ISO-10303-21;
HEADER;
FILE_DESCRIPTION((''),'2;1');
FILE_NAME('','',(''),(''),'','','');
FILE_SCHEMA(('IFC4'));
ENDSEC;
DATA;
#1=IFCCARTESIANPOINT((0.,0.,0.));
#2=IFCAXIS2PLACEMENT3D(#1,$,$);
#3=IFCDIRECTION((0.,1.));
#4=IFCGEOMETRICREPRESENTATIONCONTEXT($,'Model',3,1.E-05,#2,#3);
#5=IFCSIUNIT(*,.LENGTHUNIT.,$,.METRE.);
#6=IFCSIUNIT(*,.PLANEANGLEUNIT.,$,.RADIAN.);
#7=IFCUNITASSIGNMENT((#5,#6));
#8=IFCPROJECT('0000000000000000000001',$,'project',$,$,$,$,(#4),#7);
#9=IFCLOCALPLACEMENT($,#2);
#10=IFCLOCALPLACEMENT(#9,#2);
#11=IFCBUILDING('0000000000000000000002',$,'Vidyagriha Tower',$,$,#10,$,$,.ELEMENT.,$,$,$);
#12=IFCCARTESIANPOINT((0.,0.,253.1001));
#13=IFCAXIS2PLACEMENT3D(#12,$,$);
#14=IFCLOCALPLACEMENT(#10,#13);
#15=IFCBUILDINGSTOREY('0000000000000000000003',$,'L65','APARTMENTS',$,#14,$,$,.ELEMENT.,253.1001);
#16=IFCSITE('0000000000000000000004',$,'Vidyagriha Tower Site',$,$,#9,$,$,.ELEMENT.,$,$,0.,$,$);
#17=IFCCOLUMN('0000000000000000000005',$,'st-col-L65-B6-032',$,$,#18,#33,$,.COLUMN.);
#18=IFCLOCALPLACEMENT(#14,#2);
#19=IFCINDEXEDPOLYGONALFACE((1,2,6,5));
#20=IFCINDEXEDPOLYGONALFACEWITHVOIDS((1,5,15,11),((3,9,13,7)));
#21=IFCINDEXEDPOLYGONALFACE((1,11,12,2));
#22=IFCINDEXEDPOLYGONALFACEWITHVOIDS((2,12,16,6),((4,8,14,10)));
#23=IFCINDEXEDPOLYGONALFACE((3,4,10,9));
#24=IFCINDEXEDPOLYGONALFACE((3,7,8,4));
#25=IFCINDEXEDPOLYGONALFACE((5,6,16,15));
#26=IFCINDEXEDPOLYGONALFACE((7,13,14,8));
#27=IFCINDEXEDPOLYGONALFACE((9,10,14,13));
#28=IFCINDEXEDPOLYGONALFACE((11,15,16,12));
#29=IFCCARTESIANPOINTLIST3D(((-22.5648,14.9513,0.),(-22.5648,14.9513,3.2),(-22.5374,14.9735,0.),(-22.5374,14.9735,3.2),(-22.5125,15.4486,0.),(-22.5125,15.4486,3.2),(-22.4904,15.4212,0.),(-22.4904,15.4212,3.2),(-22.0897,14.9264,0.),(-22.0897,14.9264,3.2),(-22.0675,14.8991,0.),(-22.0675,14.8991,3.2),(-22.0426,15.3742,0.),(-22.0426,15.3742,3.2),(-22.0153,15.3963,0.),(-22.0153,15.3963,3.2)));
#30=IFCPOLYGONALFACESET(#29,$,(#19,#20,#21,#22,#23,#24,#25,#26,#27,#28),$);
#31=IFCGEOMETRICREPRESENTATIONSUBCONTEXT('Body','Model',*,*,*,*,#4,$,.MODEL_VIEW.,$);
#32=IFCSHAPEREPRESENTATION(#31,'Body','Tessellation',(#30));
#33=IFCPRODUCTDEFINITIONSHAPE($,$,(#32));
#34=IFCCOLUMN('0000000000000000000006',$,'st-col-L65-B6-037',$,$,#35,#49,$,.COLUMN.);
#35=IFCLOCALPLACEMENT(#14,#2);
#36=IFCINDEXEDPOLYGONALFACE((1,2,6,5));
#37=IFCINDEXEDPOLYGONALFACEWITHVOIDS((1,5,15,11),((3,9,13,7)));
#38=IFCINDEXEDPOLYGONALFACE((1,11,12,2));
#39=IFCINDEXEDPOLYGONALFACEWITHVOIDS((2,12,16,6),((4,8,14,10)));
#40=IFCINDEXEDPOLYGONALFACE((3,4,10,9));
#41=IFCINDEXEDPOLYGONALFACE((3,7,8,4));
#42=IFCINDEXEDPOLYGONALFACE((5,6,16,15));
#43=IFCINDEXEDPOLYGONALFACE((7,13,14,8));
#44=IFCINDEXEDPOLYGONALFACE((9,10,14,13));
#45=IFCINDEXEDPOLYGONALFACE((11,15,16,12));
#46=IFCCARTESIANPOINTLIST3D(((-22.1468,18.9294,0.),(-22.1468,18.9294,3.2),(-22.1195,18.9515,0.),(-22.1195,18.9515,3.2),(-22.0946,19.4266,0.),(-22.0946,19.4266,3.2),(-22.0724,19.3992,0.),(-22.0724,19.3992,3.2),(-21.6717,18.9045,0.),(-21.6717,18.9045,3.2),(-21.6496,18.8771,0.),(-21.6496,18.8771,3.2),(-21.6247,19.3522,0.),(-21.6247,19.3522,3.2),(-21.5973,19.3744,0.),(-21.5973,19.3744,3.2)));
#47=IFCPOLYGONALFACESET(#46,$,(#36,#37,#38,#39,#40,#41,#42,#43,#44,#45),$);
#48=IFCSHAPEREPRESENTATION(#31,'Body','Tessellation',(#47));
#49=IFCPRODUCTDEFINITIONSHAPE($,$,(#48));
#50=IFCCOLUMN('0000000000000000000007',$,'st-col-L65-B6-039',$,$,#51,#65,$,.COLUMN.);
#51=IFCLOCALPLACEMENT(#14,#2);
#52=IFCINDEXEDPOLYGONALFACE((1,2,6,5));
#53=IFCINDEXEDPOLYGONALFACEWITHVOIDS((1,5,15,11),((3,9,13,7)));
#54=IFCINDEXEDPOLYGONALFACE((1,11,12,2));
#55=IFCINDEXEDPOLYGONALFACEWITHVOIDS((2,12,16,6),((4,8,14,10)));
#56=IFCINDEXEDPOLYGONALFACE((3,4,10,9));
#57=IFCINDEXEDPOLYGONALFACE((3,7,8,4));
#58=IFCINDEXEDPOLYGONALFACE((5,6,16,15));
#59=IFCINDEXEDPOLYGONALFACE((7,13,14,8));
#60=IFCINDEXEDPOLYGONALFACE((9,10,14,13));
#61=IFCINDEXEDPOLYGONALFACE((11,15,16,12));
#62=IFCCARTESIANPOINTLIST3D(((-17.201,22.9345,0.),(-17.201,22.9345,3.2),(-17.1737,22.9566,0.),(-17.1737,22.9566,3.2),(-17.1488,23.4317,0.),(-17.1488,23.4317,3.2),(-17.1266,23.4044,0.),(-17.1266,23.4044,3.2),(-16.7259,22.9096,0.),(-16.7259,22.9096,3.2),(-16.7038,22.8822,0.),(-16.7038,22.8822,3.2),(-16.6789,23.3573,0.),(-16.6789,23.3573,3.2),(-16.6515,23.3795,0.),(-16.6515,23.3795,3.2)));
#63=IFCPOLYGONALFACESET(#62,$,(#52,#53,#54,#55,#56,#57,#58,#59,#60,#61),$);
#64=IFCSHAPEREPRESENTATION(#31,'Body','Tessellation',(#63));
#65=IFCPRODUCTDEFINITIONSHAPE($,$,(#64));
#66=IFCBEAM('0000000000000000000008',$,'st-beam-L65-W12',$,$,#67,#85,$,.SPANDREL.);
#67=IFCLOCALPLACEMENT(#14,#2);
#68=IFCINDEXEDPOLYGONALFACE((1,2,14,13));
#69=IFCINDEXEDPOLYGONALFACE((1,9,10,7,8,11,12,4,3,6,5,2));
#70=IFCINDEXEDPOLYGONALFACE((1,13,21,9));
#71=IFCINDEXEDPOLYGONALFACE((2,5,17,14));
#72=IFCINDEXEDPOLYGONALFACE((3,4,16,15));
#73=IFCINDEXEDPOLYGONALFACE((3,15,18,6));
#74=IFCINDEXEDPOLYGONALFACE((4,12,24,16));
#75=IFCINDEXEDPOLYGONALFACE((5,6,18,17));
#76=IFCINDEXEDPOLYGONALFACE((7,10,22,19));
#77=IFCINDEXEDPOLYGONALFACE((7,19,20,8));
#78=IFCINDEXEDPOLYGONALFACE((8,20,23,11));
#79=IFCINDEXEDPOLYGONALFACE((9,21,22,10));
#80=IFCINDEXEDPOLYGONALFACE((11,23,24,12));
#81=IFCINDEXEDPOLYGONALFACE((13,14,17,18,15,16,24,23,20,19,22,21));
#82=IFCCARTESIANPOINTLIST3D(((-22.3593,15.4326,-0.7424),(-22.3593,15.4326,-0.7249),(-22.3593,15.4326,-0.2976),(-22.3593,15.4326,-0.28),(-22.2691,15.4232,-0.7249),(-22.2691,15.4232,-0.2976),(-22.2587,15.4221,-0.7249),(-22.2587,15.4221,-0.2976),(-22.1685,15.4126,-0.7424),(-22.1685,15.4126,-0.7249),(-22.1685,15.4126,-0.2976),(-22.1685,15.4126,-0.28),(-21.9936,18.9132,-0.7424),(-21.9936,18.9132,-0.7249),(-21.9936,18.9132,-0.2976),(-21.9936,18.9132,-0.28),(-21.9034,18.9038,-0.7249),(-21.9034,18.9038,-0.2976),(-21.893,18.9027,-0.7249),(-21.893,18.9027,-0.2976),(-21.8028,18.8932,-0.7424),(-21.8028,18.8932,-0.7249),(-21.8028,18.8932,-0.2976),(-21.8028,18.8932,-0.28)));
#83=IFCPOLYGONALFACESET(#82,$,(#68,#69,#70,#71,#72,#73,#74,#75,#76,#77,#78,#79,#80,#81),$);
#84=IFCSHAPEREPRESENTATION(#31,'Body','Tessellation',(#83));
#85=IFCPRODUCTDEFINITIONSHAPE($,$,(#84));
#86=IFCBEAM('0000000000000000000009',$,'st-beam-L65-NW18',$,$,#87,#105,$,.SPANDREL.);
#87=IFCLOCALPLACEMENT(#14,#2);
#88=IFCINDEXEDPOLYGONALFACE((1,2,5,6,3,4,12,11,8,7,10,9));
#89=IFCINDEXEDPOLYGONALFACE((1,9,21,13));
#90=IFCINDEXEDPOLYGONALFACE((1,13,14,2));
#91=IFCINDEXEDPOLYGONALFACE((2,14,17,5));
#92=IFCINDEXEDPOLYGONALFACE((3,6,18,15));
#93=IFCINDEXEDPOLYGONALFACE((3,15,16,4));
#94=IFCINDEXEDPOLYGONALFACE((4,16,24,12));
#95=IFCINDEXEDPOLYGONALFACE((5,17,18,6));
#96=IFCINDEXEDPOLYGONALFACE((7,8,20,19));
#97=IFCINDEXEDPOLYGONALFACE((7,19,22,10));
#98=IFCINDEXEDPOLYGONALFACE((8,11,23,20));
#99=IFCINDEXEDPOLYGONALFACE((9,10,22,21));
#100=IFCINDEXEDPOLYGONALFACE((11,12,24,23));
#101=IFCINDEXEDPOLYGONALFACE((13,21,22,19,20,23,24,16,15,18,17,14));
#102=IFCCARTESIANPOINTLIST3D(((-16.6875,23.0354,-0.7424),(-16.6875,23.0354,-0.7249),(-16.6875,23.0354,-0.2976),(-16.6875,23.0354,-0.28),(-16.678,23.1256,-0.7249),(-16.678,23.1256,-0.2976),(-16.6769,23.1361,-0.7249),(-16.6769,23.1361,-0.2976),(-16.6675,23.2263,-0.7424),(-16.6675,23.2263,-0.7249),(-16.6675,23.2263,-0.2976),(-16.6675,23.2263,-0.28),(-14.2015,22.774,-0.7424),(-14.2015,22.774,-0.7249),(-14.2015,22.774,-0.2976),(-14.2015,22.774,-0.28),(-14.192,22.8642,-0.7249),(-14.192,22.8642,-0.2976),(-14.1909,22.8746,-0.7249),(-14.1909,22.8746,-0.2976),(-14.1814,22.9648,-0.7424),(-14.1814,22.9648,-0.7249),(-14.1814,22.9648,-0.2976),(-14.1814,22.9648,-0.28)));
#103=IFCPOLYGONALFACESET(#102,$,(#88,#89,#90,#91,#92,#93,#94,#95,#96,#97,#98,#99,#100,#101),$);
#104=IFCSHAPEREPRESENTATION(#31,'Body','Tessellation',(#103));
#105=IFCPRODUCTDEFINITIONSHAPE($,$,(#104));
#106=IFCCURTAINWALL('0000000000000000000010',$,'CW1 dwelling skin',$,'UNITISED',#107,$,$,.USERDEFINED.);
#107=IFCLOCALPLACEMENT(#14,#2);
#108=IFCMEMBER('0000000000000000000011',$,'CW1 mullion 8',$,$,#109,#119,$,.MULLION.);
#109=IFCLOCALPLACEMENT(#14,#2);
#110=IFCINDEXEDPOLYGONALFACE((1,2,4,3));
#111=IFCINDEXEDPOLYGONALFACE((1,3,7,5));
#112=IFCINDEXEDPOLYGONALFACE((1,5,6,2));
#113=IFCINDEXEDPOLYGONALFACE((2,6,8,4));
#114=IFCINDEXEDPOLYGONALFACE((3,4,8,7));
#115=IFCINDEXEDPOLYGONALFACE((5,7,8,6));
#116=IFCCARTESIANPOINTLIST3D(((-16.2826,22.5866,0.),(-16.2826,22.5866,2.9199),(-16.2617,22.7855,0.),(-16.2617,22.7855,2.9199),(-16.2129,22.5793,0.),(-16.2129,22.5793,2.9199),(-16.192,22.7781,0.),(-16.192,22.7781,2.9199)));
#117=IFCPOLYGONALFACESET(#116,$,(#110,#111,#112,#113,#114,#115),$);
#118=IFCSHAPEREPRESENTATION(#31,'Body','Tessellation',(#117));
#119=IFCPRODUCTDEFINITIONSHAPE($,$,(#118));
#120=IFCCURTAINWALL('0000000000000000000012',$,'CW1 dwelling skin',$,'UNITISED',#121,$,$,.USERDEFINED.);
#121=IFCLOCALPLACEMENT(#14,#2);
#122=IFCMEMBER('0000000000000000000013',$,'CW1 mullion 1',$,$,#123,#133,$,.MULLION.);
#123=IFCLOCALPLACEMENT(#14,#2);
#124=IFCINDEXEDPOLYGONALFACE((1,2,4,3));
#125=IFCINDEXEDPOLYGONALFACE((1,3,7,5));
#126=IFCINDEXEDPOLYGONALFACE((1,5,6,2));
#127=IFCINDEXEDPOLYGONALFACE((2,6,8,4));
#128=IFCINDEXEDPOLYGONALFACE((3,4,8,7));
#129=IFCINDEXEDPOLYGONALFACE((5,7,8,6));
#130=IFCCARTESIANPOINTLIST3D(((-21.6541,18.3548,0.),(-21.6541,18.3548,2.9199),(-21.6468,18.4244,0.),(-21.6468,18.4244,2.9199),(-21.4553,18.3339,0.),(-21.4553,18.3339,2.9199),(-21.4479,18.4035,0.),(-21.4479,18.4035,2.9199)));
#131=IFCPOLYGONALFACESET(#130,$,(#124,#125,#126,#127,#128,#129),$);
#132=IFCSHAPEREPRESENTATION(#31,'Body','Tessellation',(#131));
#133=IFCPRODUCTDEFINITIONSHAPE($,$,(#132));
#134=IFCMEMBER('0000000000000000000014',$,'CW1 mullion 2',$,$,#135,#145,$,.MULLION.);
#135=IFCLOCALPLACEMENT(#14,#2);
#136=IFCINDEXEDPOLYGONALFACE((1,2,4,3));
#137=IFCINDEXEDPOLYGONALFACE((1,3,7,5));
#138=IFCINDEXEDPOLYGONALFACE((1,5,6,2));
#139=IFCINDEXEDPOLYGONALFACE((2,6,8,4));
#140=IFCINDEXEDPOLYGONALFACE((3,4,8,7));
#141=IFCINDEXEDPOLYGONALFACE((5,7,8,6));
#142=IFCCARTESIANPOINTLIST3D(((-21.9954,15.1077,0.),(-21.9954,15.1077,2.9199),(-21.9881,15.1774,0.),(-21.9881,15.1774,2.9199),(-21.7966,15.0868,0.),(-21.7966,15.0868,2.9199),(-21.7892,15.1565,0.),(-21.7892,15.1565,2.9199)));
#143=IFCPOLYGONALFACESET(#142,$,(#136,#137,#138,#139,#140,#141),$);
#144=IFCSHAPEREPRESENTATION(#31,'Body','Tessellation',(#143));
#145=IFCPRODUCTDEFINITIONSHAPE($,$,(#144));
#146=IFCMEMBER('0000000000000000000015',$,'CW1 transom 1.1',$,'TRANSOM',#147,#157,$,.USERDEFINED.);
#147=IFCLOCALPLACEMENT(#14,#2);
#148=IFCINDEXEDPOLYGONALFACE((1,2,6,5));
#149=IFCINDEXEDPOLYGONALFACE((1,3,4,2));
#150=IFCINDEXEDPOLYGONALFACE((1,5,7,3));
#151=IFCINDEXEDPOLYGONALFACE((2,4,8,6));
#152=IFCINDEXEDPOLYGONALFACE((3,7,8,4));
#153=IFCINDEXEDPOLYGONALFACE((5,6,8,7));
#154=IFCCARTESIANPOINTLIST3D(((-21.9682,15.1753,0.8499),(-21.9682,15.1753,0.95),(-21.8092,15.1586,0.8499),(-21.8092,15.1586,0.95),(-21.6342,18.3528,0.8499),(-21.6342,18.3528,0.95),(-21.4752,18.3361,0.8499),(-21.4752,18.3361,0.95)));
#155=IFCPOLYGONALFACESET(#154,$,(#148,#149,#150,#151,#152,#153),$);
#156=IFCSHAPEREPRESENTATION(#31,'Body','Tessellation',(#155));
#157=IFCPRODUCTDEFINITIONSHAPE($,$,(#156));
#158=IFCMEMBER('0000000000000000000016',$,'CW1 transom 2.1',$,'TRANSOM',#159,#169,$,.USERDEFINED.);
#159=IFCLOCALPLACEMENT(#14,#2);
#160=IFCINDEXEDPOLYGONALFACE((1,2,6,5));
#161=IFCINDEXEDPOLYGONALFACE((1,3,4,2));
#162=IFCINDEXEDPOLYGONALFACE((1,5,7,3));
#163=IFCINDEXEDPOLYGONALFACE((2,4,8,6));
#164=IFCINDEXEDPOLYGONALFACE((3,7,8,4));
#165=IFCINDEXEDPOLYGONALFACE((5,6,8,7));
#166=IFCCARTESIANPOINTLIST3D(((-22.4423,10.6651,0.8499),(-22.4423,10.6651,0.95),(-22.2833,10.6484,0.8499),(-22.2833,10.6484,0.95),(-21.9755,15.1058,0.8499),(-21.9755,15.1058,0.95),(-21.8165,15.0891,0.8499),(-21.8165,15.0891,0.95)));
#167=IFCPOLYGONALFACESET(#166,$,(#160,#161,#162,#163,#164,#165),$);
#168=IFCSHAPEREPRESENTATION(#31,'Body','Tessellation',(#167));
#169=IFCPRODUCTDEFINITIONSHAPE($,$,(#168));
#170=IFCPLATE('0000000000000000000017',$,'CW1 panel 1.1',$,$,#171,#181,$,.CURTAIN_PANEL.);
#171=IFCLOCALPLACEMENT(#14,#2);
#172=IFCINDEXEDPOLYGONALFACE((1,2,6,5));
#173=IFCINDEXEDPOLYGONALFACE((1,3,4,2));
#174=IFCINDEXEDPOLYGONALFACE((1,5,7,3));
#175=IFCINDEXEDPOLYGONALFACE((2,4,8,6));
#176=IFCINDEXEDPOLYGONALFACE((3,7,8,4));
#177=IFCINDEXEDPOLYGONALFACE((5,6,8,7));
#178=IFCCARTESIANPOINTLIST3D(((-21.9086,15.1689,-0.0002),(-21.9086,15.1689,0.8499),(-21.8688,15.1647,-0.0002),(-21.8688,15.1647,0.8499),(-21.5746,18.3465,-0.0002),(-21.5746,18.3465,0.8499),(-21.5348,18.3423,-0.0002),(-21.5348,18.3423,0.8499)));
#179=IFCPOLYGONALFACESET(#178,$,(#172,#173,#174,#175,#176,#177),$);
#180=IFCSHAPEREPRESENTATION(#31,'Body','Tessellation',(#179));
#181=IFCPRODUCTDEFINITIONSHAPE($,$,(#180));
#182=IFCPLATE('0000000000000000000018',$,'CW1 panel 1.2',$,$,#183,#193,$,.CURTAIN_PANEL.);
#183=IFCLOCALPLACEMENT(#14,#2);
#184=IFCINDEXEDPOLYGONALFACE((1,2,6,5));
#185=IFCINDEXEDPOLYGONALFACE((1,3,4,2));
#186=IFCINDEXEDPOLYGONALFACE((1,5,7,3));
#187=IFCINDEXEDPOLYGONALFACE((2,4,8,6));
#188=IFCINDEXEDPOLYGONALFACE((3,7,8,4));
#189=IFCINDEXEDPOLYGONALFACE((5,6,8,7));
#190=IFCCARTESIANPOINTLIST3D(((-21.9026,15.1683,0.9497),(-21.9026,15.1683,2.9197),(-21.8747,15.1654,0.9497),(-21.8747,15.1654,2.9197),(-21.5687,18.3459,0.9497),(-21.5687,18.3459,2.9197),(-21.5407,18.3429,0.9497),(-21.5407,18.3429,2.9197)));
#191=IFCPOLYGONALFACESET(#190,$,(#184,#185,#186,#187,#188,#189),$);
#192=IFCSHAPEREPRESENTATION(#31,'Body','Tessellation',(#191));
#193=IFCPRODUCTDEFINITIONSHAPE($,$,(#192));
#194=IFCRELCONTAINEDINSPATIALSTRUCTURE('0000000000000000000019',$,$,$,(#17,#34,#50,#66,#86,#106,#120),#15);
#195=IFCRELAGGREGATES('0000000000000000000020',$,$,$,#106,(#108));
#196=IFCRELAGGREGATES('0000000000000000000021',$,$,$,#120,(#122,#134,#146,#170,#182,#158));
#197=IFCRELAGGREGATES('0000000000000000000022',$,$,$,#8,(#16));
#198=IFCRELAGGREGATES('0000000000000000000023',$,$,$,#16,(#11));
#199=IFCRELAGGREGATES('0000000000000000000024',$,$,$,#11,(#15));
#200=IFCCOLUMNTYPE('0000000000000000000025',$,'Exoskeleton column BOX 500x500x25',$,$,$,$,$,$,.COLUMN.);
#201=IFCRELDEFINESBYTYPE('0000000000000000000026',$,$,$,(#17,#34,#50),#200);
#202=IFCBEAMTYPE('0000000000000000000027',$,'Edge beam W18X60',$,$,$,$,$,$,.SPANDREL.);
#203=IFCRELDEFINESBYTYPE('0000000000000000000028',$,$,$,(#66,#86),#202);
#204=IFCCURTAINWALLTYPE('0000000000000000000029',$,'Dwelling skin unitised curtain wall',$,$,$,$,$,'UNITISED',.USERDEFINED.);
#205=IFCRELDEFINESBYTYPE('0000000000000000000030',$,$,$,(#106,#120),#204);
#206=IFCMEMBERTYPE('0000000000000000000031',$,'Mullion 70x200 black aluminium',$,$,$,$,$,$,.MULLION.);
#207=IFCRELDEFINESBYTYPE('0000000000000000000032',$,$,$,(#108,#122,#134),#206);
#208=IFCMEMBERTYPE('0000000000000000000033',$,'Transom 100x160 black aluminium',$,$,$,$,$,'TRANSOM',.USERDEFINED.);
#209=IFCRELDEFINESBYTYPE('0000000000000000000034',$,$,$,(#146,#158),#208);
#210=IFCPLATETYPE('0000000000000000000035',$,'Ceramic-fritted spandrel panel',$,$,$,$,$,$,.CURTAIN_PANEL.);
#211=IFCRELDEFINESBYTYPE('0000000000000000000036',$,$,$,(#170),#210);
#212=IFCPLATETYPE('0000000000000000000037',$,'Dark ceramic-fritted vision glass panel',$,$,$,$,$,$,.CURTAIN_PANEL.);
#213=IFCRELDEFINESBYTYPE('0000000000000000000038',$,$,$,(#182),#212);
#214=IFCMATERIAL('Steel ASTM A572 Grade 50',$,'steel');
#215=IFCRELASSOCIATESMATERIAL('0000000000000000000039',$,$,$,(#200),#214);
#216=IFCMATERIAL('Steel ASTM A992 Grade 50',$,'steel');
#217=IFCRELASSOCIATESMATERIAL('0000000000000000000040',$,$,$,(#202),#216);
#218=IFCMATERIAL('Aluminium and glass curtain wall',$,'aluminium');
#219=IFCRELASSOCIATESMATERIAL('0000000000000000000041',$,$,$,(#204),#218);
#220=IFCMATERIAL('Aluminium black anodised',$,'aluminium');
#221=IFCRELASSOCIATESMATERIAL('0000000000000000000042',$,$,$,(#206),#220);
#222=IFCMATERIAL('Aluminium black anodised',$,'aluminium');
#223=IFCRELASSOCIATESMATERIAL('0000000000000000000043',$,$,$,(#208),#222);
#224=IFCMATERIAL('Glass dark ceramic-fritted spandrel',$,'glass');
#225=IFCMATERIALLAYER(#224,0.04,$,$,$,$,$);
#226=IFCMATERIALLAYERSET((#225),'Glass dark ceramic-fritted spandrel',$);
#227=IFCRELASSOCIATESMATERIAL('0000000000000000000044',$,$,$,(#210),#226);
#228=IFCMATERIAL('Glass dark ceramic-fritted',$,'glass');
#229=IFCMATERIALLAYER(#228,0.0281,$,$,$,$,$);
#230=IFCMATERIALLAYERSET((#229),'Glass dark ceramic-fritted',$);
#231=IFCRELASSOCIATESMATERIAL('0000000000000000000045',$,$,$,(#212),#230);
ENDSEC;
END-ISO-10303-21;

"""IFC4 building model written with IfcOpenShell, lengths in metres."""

from ifc_helpers import new_model, si_unit, direction, frame, origin, origin_2d, place, context, subcontext, project, spatial, rectangle, hollow_rectangle, i_section, extrude, material, layer, layer_set, material_profile, profile_set, type_object, element, aggregate, save


model = new_model("IFC4")

# Units and contexts
model_context = context("Model", 3, precision=1e-05, world=origin(), true_north=direction((0.0, 1.0)))
body_context = subcontext(model_context, "Body", "Model", "MODEL_VIEW")
ifc_project = project(units=[si_unit("LENGTHUNIT", "METRE"), si_unit("PLANEANGLEUNIT", "RADIAN")], contexts=[model_context])

# Site, building, storey
site_placement = place(None, origin())
site = spatial("IfcSite", under=ifc_project, at=site_placement, Name="Vidyagriha Tower Site", CompositionType="ELEMENT", RefElevation=0.0)
building_placement = place(site_placement, origin())
building = spatial("IfcBuilding", under=site, at=building_placement, Name="Vidyagriha Tower", CompositionType="ELEMENT")
storey_placement = place(building_placement, frame((0.0, 0.0, 253.1001)))
storey = spatial("IfcBuildingStorey", under=building, at=storey_placement, Name="L65", Description="APARTMENTS", CompositionType="ELEMENT", Elevation=253.1001)

# Columns
ifc_material_1 = material(Name="Steel ASTM A572 Grade 50", Category="steel")
ifc_material_profile_1 = material_profile(ifc_material_1, hollow_rectangle(XDim=0.5, YDim=0.5, WallThickness=0.0249, at=origin_2d()), Name="BOX 500x500x25")
ifc_profile_set_1 = profile_set([ifc_material_profile_1], Name="Steel ASTM A572 Grade 50")
column_type = type_object("IfcColumnType", Name="Exoskeleton column BOX 500x500x25", PredefinedType="COLUMN", material=ifc_profile_set_1)
for number, where, z_axis, x_axis, name in (
    (1, (-22.29, 15.1738, 0.0), (0.0, 0.0, 1.0), (0.994522, -0.104528, 0.0), "st-col-L65-B6-032"),
    (2, (-21.8721, 19.1519, 0.0), (0.0, 0.0, 1.0), (0.994522, -0.104528, 0.0), "st-col-L65-B6-037"),
    (3, (-16.9263, 23.157, 0.0), (0.0, 0.0, 1.0), (0.994522, -0.104528, 0.0), "st-col-L65-B6-039"),
):
    element("IfcColumn", number, at=place(storey_placement, frame(where, z_axis=z_axis, x_axis=x_axis)), inside=storey, type_object=column_type, Name=name, PredefinedType="COLUMN", context=body_context, shape_type="SweptSolid", body=[
        extrude(hollow_rectangle(XDim=0.5, YDim=0.5, WallThickness=0.0249, at=origin_2d()), origin(), (0.0, 0.0, 1.0), 3.2),
    ])

# Beams
ifc_material_2 = material(Name="Steel ASTM A992 Grade 50", Category="steel")
ifc_material_profile_2 = material_profile(ifc_material_2, i_section(OverallWidth=0.1919, OverallDepth=0.4624, WebThickness=0.0105, FlangeThickness=0.0176, at=origin_2d()), Name="W18X60")
ifc_profile_set_2 = profile_set([ifc_material_profile_2], Name="Steel ASTM A992 Grade 50")
beam_type = type_object("IfcBeamType", Name="Edge beam W18X60", PredefinedType="SPANDREL", material=ifc_profile_set_2)
beam_1_placement = place(storey_placement, frame((-22.2639, 15.4226, -0.5112), z_axis=(0.104496, 0.994525, 0.0), x_axis=(-0.994525, 0.104496, 0.0)))
element("IfcBeam", 4, at=beam_1_placement, inside=storey, type_object=beam_type, Name="st-beam-L65-W12", PredefinedType="SPANDREL", context=body_context, shape_type="SweptSolid", body=[
    extrude(i_section(OverallWidth=0.1919, OverallDepth=0.4624, WebThickness=0.0105, FlangeThickness=0.0176, at=origin_2d()), origin(), (0.0, 0.0, 1.0), 3.4998),
])
beam_2_placement = place(storey_placement, frame((-16.6775, 23.1309, -0.5112), z_axis=(0.994515, -0.104598, 0.0), x_axis=(0.104598, 0.994515, 0.0)))
element("IfcBeam", 5, at=beam_2_placement, inside=storey, type_object=beam_type, Name="st-beam-L65-NW18", PredefinedType="SPANDREL", context=body_context, shape_type="SweptSolid", body=[
    extrude(i_section(OverallWidth=0.1919, OverallDepth=0.4624, WebThickness=0.0105, FlangeThickness=0.0176, at=origin_2d()), origin(), (0.0, 0.0, 1.0), 2.4998),
])

# Curtain wall, member
ifc_material_3 = material(Name="Aluminium and glass curtain wall", Category="aluminium")
curtain_wall_type = type_object("IfcCurtainWallType", Name="Dwelling skin unitised curtain wall", ElementType="UNITISED", PredefinedType="USERDEFINED", material=ifc_material_3)
curtain_wall_1_placement = place(storey_placement, origin())
curtain_wall_1 = element("IfcCurtainWall", 6, at=curtain_wall_1_placement, inside=storey, type_object=curtain_wall_type, Name="CW1 dwelling skin", ObjectType="UNITISED", PredefinedType="USERDEFINED")
ifc_material_4 = material(Name="Aluminium black anodised", Category="aluminium")
ifc_material_profile_3 = material_profile(ifc_material_4, rectangle(XDim=0.2, YDim=0.0701, at=origin_2d()), Name="Mullion 70x200 black aluminium")
ifc_profile_set_3 = profile_set([ifc_material_profile_3], Name="Aluminium black anodised")
member_type_1 = type_object("IfcMemberType", Name="Mullion 70x200 black aluminium", PredefinedType="MULLION", material=ifc_profile_set_3)
member_1_placement = place(storey_placement, frame((-16.2373, 22.6824, 0.0), z_axis=(0.0, 0.0, 1.0), x_axis=(-0.104529, -0.994522, 0.0)))
member_1 = element("IfcMember", 7, at=member_1_placement, type_object=member_type_1, Name="CW1 mullion 8", PredefinedType="MULLION", context=body_context, shape_type="SweptSolid", body=[
    extrude(rectangle(XDim=0.2, YDim=0.0701, at=origin_2d()), origin(), (0.0, 0.0, 1.0), 2.9199),
])
aggregate(curtain_wall_1, [member_1])

# Curtain wall, members, plates
curtain_wall_2_placement = place(storey_placement, origin())
curtain_wall_2 = element("IfcCurtainWall", 8, at=curtain_wall_2_placement, inside=storey, type_object=curtain_wall_type, Name="CW1 dwelling skin", ObjectType="UNITISED", PredefinedType="USERDEFINED")
member_2_placement = place(storey_placement, frame((-21.551, 18.3792, 0.0), z_axis=(0.0, 0.0, 1.0), x_axis=(0.994522, -0.104525, 0.0)))
member_2 = element("IfcMember", 9, at=member_2_placement, type_object=member_type_1, Name="CW1 mullion 1", PredefinedType="MULLION", context=body_context, shape_type="SweptSolid", body=[
    extrude(rectangle(XDim=0.2, YDim=0.0701, at=origin_2d()), origin(), (0.0, 0.0, 1.0), 2.9199),
])
member_3_placement = place(storey_placement, frame((-21.8923, 15.1321, 0.0), z_axis=(0.0, 0.0, 1.0), x_axis=(0.994522, -0.104525, 0.0)))
member_3 = element("IfcMember", 10, at=member_3_placement, type_object=member_type_1, Name="CW1 mullion 2", PredefinedType="MULLION", context=body_context, shape_type="SweptSolid", body=[
    extrude(rectangle(XDim=0.2, YDim=0.0701, at=origin_2d()), origin(), (0.0, 0.0, 1.0), 2.9199),
])
ifc_material_5 = material(Name="Aluminium black anodised", Category="aluminium")
ifc_material_profile_4 = material_profile(ifc_material_5, rectangle(XDim=0.1599, YDim=0.1001, at=origin_2d()), Name="Transom 100x160 black aluminium")
ifc_profile_set_4 = profile_set([ifc_material_profile_4], Name="Aluminium black anodised")
member_type_2 = type_object("IfcMemberType", Name="Transom 100x160 black aluminium", ElementType="TRANSOM", PredefinedType="USERDEFINED", material=ifc_profile_set_4)
member_4_placement = place(storey_placement, frame((-21.5547, 18.3445, 0.8999), z_axis=(-0.104534, -0.994521, 0.0), x_axis=(0.994521, -0.104534, 0.0)))
member_4 = element("IfcMember", 11, at=member_4_placement, type_object=member_type_2, Name="CW1 transom 1.1", ObjectType="TRANSOM", PredefinedType="USERDEFINED", context=body_context, shape_type="SweptSolid", body=[
    extrude(rectangle(XDim=0.1599, YDim=0.1001, at=origin_2d()), origin(), (0.0, 0.0, 1.0), 3.1951),
])
member_5_placement = place(storey_placement, frame((-21.896, 15.0974, 0.8999), z_axis=(-0.104542, -0.99452, 0.0), x_axis=(0.99452, -0.104542, 0.0)))
member_5 = element("IfcMember", 12, at=member_5_placement, type_object=member_type_2, Name="CW1 transom 2.1", ObjectType="TRANSOM", PredefinedType="USERDEFINED", context=body_context, shape_type="SweptSolid", body=[
    extrude(rectangle(XDim=0.1599, YDim=0.1001, at=origin_2d()), origin(), (0.0, 0.0, 1.0), 4.4651),
])
ifc_material_6 = material(Name="Glass dark ceramic-fritted spandrel", Category="glass")
ifc_layer_1 = layer(ifc_material_6, 0.04)
ifc_layer_set_1 = layer_set([ifc_layer_1], Name="Glass dark ceramic-fritted spandrel")
plate_type_1 = type_object("IfcPlateType", Name="Ceramic-fritted spandrel panel", PredefinedType="CURTAIN_PANEL", material=ifc_layer_set_1)
plate_1_placement = place(storey_placement, frame((-21.7217, 16.7556, -0.0002), z_axis=(0.0, 0.0, 1.0), x_axis=(-0.104525, -0.994522, 0.0)))
plate_1 = element("IfcPlate", 13, at=plate_1_placement, type_object=plate_type_1, Name="CW1 panel 1.1", PredefinedType="CURTAIN_PANEL", context=body_context, shape_type="SweptSolid", body=[
    extrude(rectangle(XDim=3.1951, YDim=0.04, at=origin_2d()), origin(), (0.0, 0.0, 1.0), 0.8501),
])
ifc_material_7 = material(Name="Glass dark ceramic-fritted", Category="glass")
ifc_layer_2 = layer(ifc_material_7, 0.0281)
ifc_layer_set_2 = layer_set([ifc_layer_2], Name="Glass dark ceramic-fritted")
plate_type_2 = type_object("IfcPlateType", Name="Dark ceramic-fritted vision glass panel", PredefinedType="CURTAIN_PANEL", material=ifc_layer_set_2)
plate_2_placement = place(storey_placement, frame((-21.7217, 16.7556, 0.9497), z_axis=(0.0, 0.0, 1.0), x_axis=(-0.104525, -0.994522, 0.0)))
plate_2 = element("IfcPlate", 14, at=plate_2_placement, type_object=plate_type_2, Name="CW1 panel 1.2", PredefinedType="CURTAIN_PANEL", context=body_context, shape_type="SweptSolid", body=[
    extrude(rectangle(XDim=3.1951, YDim=0.0281, at=origin_2d()), origin(), (0.0, 0.0, 1.0), 1.97),
])
aggregate(curtain_wall_2, [member_2, member_3, member_4, plate_1, plate_2, member_5])

save(model, "model.ifc")
